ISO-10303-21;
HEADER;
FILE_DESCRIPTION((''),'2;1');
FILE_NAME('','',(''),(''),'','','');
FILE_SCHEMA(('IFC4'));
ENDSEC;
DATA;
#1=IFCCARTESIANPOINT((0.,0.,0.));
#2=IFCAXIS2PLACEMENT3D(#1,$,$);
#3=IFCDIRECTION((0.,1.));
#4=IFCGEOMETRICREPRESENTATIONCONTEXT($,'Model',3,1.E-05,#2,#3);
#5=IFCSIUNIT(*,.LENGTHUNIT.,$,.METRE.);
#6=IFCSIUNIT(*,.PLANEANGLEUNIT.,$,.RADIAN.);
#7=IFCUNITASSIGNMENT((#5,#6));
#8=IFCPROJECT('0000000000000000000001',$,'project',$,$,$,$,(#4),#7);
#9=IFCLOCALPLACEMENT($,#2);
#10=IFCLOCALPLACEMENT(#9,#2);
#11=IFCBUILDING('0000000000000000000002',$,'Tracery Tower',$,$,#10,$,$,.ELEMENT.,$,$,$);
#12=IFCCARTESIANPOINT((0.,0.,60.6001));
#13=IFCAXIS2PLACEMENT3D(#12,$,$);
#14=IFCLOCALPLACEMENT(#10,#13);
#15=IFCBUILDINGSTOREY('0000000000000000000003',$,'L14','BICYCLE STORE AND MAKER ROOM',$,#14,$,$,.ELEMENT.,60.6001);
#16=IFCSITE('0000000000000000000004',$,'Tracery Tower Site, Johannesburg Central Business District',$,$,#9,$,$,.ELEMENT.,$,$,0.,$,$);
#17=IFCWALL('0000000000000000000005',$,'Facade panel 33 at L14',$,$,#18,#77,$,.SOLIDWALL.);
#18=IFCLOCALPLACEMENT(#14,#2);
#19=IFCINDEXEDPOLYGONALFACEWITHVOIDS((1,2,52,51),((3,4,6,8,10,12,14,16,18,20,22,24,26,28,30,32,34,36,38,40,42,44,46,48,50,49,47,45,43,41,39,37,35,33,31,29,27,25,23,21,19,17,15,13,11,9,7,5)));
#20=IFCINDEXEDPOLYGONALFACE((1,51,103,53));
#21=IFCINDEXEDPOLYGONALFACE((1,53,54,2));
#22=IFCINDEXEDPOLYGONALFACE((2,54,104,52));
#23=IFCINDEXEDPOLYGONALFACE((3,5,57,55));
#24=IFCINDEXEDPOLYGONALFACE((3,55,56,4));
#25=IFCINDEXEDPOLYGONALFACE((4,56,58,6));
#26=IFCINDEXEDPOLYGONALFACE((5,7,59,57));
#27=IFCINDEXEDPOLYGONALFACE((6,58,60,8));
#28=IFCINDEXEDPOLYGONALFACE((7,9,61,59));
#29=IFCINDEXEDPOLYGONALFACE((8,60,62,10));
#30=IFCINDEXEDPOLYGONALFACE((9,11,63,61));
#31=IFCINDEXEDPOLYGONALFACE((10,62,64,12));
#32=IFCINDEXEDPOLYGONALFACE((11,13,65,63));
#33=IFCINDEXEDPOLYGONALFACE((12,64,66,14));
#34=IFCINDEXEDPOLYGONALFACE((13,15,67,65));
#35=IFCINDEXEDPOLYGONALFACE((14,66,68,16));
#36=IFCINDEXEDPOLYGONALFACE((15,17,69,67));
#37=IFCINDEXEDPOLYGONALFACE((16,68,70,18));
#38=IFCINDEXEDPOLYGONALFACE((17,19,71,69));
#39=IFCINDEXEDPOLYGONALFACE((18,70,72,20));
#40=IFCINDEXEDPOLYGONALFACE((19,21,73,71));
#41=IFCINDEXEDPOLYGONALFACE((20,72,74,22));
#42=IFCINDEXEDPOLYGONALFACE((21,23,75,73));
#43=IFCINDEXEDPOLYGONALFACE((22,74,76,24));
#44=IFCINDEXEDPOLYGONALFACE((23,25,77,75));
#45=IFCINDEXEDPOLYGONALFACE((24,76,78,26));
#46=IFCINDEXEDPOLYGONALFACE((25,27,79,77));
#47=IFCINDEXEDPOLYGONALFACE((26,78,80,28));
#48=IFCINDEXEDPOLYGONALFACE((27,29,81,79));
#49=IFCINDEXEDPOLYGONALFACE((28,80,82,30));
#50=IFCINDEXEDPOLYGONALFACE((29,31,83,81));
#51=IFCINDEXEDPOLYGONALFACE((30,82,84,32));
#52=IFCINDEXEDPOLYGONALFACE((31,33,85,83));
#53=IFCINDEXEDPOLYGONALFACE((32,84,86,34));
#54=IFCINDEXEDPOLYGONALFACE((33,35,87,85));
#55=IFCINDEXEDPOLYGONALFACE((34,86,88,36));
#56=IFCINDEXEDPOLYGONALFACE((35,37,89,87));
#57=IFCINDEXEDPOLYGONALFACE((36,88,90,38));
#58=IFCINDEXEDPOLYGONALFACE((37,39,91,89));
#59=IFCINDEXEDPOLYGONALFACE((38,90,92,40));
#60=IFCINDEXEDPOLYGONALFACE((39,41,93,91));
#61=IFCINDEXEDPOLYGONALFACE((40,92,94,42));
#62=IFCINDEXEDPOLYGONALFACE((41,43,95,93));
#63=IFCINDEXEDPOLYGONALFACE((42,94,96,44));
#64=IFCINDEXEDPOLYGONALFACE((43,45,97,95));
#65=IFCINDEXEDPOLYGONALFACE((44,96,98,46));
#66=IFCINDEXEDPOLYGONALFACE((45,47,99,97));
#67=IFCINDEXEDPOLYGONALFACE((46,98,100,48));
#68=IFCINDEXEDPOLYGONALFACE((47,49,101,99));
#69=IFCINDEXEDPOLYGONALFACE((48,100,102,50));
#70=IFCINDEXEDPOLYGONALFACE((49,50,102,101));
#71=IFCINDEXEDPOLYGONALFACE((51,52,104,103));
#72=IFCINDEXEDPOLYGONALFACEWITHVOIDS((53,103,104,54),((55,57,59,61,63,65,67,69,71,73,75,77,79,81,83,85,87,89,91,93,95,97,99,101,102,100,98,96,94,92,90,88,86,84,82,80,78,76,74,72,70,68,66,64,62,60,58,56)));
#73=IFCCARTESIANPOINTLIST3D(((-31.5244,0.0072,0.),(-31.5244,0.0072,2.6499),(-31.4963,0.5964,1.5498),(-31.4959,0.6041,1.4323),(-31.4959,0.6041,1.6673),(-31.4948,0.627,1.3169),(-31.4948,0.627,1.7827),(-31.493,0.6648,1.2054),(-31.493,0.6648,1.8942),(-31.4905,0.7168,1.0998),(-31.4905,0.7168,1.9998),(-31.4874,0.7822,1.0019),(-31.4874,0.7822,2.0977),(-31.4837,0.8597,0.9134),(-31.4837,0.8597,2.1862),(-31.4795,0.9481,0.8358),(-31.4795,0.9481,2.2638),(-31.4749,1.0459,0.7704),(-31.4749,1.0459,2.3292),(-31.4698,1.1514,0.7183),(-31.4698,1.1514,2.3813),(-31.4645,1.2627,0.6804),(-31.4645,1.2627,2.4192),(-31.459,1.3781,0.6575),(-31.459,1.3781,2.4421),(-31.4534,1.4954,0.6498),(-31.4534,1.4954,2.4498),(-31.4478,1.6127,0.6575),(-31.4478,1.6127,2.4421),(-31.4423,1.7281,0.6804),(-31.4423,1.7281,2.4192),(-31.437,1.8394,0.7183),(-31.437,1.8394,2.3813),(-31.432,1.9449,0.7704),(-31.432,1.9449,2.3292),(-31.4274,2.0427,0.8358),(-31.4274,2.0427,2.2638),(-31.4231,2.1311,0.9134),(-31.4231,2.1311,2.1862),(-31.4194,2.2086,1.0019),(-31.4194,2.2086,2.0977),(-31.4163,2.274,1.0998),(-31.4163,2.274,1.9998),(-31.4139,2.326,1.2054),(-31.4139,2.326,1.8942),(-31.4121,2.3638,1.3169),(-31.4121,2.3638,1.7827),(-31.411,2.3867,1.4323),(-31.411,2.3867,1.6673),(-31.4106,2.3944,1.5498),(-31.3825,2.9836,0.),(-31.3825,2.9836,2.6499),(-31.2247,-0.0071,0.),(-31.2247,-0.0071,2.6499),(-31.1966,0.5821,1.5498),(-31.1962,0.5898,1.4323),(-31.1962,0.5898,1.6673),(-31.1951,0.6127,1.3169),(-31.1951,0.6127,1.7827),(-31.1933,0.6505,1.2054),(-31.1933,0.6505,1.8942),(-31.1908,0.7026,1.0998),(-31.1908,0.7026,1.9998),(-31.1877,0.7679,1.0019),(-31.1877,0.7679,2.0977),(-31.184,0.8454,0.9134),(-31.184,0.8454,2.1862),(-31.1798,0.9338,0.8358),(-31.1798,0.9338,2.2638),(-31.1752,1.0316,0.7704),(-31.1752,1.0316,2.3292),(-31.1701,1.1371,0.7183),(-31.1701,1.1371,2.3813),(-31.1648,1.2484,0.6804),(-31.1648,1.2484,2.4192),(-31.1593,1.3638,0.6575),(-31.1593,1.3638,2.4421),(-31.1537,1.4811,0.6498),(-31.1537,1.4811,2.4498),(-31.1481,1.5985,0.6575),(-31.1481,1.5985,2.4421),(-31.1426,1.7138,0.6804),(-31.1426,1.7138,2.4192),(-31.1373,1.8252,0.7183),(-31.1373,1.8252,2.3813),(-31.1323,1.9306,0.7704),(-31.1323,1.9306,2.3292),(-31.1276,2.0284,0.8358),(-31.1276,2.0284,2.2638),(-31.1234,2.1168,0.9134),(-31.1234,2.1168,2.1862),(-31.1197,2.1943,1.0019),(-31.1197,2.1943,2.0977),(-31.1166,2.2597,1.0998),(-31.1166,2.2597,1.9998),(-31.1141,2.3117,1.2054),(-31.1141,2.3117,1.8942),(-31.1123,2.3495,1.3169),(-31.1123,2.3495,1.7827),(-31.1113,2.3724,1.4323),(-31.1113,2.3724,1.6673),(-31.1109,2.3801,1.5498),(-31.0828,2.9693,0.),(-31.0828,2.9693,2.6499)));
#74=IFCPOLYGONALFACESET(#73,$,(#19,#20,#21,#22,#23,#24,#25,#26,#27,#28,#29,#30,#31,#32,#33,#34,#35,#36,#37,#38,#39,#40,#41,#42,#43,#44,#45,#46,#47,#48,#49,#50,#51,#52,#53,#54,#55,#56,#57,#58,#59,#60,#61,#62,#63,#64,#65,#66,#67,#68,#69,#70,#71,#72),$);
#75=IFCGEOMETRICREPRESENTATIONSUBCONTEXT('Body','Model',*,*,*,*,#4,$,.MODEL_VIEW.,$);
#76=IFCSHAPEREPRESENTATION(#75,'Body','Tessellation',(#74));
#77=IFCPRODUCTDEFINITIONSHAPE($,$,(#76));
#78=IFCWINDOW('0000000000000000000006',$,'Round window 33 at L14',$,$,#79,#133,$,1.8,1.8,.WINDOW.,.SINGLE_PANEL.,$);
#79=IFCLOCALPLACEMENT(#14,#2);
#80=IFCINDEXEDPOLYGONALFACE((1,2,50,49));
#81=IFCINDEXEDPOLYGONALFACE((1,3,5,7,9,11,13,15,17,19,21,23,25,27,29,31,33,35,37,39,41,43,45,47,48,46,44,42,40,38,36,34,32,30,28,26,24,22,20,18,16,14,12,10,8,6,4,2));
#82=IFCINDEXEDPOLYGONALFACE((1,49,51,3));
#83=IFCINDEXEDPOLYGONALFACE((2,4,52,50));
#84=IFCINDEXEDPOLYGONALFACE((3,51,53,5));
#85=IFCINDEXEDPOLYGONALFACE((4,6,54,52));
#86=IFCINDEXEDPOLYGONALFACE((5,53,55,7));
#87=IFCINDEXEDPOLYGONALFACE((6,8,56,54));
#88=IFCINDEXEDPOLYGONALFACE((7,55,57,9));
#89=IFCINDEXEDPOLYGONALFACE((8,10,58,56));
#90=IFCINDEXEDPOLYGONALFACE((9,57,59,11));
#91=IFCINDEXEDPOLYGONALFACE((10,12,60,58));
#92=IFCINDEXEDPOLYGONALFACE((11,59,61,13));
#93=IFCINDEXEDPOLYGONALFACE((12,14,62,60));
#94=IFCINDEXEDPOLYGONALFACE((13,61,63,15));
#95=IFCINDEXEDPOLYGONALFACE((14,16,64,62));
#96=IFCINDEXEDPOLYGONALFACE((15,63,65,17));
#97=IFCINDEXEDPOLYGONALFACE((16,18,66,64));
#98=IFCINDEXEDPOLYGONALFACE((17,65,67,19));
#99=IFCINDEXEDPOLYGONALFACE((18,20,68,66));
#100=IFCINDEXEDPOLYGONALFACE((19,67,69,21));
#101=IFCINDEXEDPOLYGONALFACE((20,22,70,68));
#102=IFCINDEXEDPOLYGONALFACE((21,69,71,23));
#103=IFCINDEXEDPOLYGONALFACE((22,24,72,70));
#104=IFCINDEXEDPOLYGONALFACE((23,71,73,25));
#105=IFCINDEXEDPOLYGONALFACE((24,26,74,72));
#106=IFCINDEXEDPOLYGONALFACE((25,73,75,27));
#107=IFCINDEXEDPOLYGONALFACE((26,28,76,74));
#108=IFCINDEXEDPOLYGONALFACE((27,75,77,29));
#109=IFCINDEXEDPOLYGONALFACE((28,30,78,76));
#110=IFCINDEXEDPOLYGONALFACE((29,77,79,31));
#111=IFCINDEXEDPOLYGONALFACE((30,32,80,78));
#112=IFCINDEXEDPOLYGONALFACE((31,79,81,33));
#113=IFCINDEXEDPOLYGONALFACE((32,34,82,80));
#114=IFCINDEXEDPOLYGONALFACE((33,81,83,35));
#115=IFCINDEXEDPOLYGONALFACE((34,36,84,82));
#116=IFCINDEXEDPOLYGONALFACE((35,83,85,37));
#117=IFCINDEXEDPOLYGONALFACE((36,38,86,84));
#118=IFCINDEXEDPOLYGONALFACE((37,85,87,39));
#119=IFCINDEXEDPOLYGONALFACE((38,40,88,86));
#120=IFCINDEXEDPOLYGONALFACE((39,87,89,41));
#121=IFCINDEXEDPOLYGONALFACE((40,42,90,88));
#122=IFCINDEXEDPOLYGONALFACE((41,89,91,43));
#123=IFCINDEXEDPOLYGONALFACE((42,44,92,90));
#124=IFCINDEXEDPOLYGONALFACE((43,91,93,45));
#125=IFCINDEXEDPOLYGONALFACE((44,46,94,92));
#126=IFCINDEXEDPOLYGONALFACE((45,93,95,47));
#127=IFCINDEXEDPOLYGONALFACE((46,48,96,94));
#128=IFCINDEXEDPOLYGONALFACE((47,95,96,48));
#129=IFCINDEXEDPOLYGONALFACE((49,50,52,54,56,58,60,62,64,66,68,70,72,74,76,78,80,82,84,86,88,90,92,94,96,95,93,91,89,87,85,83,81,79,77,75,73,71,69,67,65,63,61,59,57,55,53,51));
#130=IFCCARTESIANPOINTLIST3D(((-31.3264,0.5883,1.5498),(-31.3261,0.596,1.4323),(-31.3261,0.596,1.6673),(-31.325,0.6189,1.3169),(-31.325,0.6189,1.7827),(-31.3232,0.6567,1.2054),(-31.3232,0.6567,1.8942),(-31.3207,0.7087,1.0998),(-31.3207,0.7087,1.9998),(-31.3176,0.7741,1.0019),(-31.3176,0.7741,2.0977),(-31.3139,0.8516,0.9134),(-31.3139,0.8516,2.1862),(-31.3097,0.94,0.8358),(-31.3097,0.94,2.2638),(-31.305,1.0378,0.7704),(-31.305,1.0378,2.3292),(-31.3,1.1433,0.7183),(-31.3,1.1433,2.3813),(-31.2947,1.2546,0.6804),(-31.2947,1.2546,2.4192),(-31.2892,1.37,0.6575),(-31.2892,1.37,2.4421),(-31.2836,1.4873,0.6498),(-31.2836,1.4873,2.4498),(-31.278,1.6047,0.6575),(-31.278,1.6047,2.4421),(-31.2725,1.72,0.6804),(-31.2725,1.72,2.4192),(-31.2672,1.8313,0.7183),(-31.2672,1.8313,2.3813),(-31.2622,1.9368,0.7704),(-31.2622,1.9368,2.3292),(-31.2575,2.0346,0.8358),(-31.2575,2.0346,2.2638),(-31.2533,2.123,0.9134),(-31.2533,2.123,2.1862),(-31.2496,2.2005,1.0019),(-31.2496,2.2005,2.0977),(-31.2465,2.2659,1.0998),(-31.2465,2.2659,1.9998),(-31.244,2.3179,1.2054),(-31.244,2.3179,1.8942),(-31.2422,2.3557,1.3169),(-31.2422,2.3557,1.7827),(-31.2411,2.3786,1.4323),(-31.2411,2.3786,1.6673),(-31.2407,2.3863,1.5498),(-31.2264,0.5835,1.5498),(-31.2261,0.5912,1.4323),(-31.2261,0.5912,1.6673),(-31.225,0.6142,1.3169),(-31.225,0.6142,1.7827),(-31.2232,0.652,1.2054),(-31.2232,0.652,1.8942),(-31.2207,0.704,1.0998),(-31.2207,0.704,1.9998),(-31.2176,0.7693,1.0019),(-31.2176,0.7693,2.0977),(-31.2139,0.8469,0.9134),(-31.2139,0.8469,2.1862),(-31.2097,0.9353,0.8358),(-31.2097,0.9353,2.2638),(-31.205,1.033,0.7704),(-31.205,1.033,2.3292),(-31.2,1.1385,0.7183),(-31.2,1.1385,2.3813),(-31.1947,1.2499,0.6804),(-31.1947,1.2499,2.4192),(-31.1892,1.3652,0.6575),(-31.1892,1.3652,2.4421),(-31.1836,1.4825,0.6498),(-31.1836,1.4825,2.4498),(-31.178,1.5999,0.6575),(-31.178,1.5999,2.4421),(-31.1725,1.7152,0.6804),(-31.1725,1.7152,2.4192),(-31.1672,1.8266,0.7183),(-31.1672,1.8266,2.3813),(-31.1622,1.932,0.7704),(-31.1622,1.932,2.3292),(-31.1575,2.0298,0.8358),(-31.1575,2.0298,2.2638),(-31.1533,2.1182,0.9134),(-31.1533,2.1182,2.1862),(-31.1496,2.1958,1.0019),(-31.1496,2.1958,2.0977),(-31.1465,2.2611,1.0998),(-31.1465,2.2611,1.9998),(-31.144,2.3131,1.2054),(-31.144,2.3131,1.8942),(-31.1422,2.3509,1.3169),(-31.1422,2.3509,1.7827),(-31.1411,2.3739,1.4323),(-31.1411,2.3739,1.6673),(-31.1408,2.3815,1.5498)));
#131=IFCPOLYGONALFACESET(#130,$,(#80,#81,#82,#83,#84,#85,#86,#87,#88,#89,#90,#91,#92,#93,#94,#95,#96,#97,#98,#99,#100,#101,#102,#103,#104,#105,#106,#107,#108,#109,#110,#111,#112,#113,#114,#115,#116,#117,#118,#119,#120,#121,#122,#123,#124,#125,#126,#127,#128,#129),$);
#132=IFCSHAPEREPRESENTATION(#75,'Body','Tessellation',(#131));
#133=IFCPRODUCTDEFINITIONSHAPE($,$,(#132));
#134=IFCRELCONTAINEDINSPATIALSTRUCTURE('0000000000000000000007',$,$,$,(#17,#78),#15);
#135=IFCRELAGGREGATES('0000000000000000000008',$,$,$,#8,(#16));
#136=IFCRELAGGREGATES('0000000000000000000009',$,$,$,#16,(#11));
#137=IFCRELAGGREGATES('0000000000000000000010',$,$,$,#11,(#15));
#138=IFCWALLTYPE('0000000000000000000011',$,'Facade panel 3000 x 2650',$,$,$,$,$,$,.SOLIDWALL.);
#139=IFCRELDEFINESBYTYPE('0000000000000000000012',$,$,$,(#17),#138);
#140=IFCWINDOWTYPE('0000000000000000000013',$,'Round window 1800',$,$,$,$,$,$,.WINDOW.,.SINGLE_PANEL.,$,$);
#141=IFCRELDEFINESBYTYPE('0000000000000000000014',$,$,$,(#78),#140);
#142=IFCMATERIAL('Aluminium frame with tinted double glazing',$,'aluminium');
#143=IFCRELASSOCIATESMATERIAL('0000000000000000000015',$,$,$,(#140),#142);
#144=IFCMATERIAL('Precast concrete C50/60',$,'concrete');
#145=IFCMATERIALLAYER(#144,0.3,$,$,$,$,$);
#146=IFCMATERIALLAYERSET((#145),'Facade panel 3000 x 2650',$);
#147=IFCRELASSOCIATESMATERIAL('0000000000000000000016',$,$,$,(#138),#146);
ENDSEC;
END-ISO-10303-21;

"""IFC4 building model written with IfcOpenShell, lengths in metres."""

from ifc_helpers import new_model, si_unit, direction, frame, frame_2d, origin, origin_2d, place, context, subcontext, project, spatial, rectangle, circle, extrude, material, layer, layer_set, type_object, element, fill, save


model = new_model("IFC4")

# Units and contexts
model_context = context("Model", 3, precision=1e-05, world=origin(), true_north=direction((0.0, 1.0)))
body_context = subcontext(model_context, "Body", "Model", "MODEL_VIEW")
ifc_project = project(units=[si_unit("LENGTHUNIT", "METRE"), si_unit("PLANEANGLEUNIT", "RADIAN")], contexts=[model_context])

# Site, building, storey
site_placement = place(None, origin())
site = spatial("IfcSite", under=ifc_project, at=site_placement, Name="Tracery Tower Site, Johannesburg Central Business District", CompositionType="ELEMENT", RefElevation=0.0)
building_placement = place(site_placement, origin())
building = spatial("IfcBuilding", under=site, at=building_placement, Name="Tracery Tower", CompositionType="ELEMENT")
storey_placement = place(building_placement, frame((0.0, 0.0, 60.6001)))
storey = spatial("IfcBuildingStorey", under=building, at=storey_placement, Name="L14", Description="BICYCLE STORE AND MAKER ROOM", CompositionType="ELEMENT", Elevation=60.6001)

# Wall, opening, window
ifc_material_1 = material(Name="Aluminium frame with tinted double glazing", Category="aluminium")
window_type = type_object("IfcWindowType", Name="Round window 1800", PartitioningType="SINGLE_PANEL", PredefinedType="WINDOW", material=ifc_material_1)
ifc_material_2 = material(Name="Precast concrete C50/60", Category="concrete")
ifc_layer_1 = layer(ifc_material_2, 0.3)
ifc_layer_set_1 = layer_set([ifc_layer_1], Name="Facade panel 3000 x 2650")
wall_type_1 = type_object("IfcWallType", Name="Facade panel 3000 x 2650", PredefinedType="SOLIDWALL", material=ifc_layer_set_1)
wall_1_placement = place(storey_placement, frame((-31.2327, 2.9763, 0.0), z_axis=(0.0, 0.0, 1.0), x_axis=(-0.047604, -0.998866, 0.0)))
wall_1 = element("IfcWall", 1, at=wall_1_placement, inside=storey, type_object=wall_type_1, Name="Facade panel 33 at L14", PredefinedType="SOLIDWALL", context=body_context, shape_type="SweptSolid", body=[
    extrude(rectangle(XDim=2.9797, YDim=0.3, at=frame_2d((1.4897, 0.0))), origin(), (0.0, 0.0, 1.0), 2.6499),
])
opening_1_placement = place(wall_1_placement, frame((1.4897, 0.0, 1.5498)))
opening_1 = element("IfcOpeningElement", 2, at=opening_1_placement, cuts=wall_1, PredefinedType="OPENING", context=body_context, shape_type="SweptSolid", body=[
    extrude(circle(Radius=0.9, at=origin_2d()), frame((0.0, 0.1599, 0.0), z_axis=(0.0, -1.0, 0.0), x_axis=(1.0, 0.0, 0.0)), (0.0, 0.0, 1.0), 0.3201),
])
window_1_placement = place(opening_1_placement, origin())
window_1 = element("IfcWindow", 3, at=window_1_placement, inside=storey, type_object=window_type, Name="Round window 33 at L14", OverallHeight=1.8, OverallWidth=1.8, PartitioningType="SINGLE_PANEL", PredefinedType="WINDOW", context=body_context, shape_type="SweptSolid", body=[
    extrude(circle(Radius=0.9, at=origin_2d()), frame((0.0, 0.1201, 0.0), z_axis=(0.0, -1.0, 0.0), x_axis=(1.0, 0.0, 0.0)), (0.0, 0.0, 1.0), 0.1001),
])
fill(opening_1, window_1)

save(model, "model.ifc")
